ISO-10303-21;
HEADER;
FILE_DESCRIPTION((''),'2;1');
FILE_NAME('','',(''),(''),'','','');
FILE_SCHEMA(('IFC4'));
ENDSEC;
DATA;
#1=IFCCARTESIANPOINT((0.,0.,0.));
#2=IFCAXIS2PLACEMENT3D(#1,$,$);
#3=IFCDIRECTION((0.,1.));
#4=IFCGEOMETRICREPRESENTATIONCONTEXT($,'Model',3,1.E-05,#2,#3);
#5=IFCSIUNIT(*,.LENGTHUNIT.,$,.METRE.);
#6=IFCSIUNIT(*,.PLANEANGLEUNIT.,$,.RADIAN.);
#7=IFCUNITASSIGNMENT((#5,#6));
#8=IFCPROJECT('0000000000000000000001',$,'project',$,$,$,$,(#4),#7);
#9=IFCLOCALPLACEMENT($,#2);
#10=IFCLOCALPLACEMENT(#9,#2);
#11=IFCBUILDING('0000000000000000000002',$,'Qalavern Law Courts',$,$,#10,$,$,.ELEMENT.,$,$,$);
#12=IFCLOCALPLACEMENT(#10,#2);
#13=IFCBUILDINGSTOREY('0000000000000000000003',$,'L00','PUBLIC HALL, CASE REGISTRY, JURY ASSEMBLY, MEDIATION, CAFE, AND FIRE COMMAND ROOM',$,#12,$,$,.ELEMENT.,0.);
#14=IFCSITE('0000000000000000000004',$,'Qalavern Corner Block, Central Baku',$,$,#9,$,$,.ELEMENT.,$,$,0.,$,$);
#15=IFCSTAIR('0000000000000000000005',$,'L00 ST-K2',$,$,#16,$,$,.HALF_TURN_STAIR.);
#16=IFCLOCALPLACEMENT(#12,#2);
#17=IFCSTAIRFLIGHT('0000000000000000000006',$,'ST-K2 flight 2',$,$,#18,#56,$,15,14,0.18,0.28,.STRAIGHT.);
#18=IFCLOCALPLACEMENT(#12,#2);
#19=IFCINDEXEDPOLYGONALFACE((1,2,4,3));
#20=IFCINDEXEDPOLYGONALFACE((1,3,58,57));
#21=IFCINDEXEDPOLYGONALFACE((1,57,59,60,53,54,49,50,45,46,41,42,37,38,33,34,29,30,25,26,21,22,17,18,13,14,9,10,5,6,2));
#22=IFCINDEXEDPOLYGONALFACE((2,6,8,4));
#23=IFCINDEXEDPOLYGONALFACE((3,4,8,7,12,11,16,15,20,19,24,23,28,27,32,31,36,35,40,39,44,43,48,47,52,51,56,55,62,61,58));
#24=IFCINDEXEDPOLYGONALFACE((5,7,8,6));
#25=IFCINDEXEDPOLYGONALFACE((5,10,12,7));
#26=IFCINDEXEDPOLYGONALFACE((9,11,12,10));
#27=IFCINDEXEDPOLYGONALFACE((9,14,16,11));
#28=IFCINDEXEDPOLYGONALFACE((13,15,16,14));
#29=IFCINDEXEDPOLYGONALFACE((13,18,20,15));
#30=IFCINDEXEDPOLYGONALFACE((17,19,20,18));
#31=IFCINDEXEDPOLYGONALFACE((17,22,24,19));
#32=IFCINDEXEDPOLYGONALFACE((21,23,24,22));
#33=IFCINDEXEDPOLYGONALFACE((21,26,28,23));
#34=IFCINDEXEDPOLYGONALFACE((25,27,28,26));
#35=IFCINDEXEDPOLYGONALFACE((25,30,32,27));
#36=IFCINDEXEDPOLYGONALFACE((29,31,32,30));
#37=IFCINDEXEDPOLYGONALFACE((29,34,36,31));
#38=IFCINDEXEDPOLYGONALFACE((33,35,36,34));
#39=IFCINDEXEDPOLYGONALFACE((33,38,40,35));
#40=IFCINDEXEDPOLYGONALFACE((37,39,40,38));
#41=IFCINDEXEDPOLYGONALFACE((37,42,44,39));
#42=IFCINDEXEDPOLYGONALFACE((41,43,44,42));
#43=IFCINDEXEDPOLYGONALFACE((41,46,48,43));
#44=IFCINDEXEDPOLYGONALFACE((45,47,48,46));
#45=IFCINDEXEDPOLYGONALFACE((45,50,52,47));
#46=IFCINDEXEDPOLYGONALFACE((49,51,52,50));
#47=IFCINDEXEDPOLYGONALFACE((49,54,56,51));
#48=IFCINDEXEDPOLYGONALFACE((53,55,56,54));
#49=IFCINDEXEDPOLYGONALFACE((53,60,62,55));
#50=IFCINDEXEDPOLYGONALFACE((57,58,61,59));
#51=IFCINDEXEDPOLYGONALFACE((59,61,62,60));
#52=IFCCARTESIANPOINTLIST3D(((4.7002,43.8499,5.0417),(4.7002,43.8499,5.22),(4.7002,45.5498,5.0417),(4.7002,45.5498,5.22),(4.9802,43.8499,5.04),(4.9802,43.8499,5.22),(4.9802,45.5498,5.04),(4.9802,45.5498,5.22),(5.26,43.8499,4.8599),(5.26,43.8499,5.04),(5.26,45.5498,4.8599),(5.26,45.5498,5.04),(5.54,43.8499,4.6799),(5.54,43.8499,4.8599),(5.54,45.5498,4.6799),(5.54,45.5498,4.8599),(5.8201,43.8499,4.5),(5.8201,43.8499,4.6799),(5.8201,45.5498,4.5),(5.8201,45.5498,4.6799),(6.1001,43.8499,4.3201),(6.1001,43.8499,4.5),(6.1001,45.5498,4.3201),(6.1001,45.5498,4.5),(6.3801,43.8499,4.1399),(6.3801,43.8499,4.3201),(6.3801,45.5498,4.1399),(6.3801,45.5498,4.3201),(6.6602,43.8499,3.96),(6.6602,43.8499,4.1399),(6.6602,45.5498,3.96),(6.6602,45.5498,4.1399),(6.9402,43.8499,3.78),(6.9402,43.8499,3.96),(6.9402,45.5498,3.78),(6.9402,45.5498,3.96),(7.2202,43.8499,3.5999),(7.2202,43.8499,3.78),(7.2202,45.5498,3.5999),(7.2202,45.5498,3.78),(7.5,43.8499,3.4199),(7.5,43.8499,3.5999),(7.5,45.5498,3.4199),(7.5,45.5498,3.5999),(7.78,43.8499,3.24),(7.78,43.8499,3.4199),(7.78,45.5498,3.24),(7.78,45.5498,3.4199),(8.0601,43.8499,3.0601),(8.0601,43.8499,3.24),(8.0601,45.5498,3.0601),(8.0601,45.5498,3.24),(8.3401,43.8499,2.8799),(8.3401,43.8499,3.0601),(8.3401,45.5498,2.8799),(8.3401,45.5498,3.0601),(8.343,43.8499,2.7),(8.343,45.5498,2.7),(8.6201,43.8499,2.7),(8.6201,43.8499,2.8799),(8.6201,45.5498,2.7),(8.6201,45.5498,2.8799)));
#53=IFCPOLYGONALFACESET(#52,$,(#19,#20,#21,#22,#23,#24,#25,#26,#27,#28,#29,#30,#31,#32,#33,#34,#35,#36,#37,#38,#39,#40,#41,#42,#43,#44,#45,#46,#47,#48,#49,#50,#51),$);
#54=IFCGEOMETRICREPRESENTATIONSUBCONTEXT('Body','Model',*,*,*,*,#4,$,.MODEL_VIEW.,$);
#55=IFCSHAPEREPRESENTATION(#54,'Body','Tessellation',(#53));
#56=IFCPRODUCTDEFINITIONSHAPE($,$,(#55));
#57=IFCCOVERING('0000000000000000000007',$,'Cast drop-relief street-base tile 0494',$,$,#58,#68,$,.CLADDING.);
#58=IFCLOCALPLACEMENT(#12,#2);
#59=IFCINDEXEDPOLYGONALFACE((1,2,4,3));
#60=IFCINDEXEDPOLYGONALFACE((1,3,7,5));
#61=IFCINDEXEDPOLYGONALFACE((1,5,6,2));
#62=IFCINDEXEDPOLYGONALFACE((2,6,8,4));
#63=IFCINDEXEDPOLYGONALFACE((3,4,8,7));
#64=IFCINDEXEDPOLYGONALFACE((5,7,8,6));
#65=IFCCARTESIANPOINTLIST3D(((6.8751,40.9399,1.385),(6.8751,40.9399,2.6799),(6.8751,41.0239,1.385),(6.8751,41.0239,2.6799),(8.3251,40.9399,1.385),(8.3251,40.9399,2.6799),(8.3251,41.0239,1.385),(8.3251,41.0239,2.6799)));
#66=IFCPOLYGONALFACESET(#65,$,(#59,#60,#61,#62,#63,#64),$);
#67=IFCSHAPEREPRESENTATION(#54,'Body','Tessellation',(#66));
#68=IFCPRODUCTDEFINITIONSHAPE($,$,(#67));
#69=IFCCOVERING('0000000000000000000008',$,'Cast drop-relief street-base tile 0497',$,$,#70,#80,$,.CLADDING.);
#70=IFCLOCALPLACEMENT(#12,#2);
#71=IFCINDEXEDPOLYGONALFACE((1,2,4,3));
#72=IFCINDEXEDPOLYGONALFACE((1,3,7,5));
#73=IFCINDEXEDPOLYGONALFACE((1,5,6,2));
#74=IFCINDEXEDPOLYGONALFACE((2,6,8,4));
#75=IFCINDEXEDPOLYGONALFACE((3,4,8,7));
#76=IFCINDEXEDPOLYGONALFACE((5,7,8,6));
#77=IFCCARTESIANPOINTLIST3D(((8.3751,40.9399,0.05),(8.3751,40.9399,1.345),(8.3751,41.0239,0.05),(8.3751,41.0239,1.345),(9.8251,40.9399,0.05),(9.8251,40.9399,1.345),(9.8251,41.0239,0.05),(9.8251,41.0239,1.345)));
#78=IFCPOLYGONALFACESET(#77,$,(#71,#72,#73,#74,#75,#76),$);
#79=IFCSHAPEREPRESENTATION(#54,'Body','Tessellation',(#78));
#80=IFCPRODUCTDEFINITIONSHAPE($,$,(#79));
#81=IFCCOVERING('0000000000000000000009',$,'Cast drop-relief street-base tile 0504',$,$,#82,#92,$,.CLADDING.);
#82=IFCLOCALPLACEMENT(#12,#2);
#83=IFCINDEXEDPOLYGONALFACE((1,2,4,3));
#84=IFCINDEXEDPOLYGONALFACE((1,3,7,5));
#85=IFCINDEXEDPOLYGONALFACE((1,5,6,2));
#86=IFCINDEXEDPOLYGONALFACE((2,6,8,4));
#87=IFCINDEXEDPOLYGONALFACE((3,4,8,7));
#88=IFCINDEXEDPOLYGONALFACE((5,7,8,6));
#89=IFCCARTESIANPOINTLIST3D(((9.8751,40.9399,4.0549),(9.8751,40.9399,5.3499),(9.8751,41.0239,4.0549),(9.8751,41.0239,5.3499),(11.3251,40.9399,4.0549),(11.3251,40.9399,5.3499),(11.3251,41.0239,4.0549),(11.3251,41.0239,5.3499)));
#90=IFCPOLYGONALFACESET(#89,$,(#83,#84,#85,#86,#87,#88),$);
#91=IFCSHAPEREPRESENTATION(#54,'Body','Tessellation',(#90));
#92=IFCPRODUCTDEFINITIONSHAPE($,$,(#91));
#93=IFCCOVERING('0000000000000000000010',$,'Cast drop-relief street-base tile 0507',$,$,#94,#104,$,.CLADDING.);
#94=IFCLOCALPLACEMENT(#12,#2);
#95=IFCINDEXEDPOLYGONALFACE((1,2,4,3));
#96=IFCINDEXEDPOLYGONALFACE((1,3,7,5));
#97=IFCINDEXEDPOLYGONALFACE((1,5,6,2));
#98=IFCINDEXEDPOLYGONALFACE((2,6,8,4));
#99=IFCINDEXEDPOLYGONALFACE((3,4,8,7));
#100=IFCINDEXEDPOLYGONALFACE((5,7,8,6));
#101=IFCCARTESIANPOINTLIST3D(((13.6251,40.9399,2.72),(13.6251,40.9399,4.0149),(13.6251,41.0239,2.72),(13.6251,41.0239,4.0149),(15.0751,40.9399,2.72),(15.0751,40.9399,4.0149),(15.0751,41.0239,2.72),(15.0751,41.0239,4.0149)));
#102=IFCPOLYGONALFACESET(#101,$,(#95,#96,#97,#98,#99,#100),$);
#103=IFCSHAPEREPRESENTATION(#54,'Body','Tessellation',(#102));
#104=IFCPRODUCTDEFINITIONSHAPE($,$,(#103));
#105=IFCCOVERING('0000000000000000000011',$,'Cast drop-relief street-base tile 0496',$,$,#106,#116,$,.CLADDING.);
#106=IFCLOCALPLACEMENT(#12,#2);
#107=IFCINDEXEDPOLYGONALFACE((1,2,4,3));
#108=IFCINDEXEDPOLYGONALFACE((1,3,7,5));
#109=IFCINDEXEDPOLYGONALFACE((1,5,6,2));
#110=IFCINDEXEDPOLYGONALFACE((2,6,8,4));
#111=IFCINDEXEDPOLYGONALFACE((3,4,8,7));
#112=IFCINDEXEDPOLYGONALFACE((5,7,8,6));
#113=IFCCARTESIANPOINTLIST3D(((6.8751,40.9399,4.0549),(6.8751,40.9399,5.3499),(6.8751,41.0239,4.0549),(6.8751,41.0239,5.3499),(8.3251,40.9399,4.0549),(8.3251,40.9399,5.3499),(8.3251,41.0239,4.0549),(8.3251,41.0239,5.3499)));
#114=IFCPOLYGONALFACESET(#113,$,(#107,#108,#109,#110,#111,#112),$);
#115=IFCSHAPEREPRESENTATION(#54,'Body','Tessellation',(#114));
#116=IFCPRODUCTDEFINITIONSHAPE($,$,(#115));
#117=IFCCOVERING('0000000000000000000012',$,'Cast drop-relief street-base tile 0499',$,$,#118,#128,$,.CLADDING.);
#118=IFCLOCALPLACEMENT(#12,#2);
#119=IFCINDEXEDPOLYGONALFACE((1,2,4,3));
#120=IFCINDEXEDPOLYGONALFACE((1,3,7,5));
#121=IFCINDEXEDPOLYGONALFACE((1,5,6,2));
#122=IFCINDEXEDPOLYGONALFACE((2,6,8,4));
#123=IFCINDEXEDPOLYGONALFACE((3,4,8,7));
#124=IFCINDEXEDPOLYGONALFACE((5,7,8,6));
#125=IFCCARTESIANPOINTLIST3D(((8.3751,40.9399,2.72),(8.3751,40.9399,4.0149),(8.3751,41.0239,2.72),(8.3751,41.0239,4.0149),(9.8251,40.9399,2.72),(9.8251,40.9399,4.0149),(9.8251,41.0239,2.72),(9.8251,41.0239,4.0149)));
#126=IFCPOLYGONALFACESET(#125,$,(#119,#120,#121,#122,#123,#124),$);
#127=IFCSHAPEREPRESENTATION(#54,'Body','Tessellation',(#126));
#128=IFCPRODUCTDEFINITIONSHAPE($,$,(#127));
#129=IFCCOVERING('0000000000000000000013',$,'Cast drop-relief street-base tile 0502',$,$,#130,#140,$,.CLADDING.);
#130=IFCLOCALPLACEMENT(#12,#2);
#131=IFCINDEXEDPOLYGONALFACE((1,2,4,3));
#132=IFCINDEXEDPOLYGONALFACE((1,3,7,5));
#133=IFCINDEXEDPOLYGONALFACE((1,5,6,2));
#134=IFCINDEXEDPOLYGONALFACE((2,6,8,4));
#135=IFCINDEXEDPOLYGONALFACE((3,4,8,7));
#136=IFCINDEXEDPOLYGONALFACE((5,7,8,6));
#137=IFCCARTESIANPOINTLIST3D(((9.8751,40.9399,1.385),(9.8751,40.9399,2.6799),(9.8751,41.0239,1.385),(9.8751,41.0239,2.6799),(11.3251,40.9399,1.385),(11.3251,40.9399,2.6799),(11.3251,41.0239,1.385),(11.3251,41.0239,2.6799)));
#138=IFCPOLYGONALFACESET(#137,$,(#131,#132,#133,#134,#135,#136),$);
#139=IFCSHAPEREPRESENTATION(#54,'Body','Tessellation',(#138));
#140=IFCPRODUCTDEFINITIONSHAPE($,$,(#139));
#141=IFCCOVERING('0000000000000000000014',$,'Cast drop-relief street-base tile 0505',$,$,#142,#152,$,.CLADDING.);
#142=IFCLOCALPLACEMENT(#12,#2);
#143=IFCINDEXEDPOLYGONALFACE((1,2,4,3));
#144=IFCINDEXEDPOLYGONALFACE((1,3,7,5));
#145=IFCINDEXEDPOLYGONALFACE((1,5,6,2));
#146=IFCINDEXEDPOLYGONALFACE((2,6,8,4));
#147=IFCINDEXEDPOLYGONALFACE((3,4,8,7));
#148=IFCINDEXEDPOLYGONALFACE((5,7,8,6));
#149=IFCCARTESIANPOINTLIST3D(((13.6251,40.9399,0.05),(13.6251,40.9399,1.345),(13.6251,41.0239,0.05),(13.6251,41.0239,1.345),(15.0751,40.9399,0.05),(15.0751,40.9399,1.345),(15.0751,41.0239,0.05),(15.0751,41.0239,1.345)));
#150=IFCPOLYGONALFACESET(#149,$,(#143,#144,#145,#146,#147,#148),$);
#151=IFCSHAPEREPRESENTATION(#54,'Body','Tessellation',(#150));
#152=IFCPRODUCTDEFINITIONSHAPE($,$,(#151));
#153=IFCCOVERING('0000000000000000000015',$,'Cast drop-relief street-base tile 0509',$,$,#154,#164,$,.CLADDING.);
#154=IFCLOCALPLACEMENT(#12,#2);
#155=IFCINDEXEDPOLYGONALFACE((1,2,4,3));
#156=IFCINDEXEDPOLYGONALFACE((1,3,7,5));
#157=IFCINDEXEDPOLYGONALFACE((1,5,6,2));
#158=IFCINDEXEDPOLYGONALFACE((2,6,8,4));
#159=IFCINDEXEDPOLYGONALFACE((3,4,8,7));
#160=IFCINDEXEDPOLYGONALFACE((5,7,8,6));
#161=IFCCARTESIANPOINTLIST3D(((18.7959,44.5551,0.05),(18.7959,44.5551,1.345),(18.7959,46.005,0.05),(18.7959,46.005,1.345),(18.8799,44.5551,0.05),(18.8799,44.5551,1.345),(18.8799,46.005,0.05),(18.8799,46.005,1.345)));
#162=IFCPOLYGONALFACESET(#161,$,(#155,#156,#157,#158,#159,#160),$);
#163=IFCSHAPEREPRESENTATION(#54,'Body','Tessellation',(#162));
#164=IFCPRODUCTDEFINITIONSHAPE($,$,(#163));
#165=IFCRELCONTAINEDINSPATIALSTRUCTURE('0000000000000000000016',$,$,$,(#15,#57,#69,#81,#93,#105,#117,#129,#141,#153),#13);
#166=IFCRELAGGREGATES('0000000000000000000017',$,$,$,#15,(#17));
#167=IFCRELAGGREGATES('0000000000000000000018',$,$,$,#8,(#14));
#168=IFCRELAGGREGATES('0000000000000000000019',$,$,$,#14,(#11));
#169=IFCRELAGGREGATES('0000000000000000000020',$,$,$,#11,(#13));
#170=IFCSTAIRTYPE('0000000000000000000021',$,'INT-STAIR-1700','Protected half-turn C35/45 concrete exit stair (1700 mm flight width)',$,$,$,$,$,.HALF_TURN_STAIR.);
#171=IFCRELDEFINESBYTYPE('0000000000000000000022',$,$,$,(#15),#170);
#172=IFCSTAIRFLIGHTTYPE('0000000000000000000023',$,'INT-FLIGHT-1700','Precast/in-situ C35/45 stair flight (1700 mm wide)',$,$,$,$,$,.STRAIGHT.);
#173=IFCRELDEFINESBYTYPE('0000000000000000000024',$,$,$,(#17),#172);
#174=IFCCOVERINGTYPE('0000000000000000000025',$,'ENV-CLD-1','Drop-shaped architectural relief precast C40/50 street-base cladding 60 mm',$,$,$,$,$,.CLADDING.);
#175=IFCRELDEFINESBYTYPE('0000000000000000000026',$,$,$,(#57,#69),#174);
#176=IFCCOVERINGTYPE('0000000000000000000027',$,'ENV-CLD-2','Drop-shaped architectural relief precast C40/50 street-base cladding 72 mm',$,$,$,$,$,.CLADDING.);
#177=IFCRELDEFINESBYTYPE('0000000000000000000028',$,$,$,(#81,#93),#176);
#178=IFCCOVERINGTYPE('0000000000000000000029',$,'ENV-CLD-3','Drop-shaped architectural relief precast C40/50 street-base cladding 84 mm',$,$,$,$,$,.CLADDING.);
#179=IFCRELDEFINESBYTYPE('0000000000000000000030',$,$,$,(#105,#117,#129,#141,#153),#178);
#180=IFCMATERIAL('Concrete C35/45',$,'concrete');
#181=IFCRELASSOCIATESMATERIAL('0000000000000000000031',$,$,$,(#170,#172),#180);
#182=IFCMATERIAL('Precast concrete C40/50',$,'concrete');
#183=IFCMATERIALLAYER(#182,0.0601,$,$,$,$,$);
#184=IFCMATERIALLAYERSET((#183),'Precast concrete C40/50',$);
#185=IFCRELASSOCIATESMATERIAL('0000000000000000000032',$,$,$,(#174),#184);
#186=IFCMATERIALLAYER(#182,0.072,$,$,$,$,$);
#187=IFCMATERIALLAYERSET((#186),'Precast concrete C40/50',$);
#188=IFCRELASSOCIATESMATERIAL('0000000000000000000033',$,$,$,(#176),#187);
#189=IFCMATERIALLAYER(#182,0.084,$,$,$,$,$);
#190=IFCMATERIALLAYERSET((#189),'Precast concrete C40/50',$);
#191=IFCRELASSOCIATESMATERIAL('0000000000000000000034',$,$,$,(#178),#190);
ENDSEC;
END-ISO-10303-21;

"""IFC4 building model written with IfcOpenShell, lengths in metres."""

from ifc_helpers import new_model, si_unit, direction, frame, origin, origin_2d, place, context, subcontext, project, spatial, polyline, rectangle, outline, extrude, material, layer, layer_set, type_object, element, aggregate, save


model = new_model("IFC4")

# Units and contexts
model_context = context("Model", 3, precision=1e-05, world=origin(), true_north=direction((0.0, 1.0)))
body_context = subcontext(model_context, "Body", "Model", "MODEL_VIEW")
ifc_project = project(units=[si_unit("LENGTHUNIT", "METRE"), si_unit("PLANEANGLEUNIT", "RADIAN")], contexts=[model_context])

# Site, building, storey
site_placement = place(None, origin())
site = spatial("IfcSite", under=ifc_project, at=site_placement, Name="Qalavern Corner Block, Central Baku", CompositionType="ELEMENT", RefElevation=0.0)
building_placement = place(site_placement, origin())
building = spatial("IfcBuilding", under=site, at=building_placement, Name="Qalavern Law Courts", CompositionType="ELEMENT")
storey_placement = place(building_placement, origin())
storey = spatial("IfcBuildingStorey", under=building, at=storey_placement, Name="L00", Description="PUBLIC HALL, CASE REGISTRY, JURY ASSEMBLY, MEDIATION, CAFE, AND FIRE COMMAND ROOM", CompositionType="ELEMENT", Elevation=0.0)

# Shared definitions
ifc_material_1 = material(Name="Concrete C35/45", Category="concrete")

# Stair, stair flight
stair_type = type_object("IfcStairType", Name="INT-STAIR-1700", Description="Protected half-turn C35/45 concrete exit stair (1700 mm flight width)", PredefinedType="HALF_TURN_STAIR", material=ifc_material_1)
stair_placement = place(storey_placement, origin())
stair = element("IfcStair", 1, at=stair_placement, inside=storey, type_object=stair_type, Name="L00 ST-K2", PredefinedType="HALF_TURN_STAIR")
stair_flight_type = type_object("IfcStairFlightType", Name="INT-FLIGHT-1700", Description="Precast/in-situ C35/45 stair flight (1700 mm wide)", PredefinedType="STRAIGHT", material=ifc_material_1)
stair_flight_placement = place(storey_placement, frame((8.6201, 44.7, 2.7), z_axis=(0.0, 0.0, 1.0), x_axis=(-1.0, 0.0, 0.0)))
stair_flight = element("IfcStairFlight", 2, at=stair_flight_placement, type_object=stair_flight_type, Name="ST-K2 flight 2", NumberOfRisers=15, NumberOfTreads=14, PredefinedType="STRAIGHT", RiserHeight=0.18, TreadLength=0.28, context=body_context, shape_type="SweptSolid", body=[
    extrude(outline(polyline([(0.0, 0.0), (0.0, 0.1799), (0.28, 0.1799), (0.28, 0.3601), (0.5601, 0.3601), (0.5601, 0.54), (0.8401, 0.54), (0.8401, 0.72), (1.1201, 0.72), (1.1201, 0.8999), (1.3999, 0.8999), (1.3999, 1.0801), (1.6799, 1.0801), (1.6799, 1.26), (1.96, 1.26), (1.96, 1.4399), (2.24, 1.4399), (2.24, 1.6201), (2.52, 1.6201), (2.52, 1.8), (2.8, 1.8), (2.8, 1.98), (3.0801, 1.98), (3.0801, 2.1599), (3.3601, 2.1599), (3.3601, 2.3401), (3.6399, 2.3401), (3.6399, 2.52), (3.9199, 2.52), (3.9199, 2.7), (3.9199, 2.3418), (0.2771, 0.0), (0.0, 0.0)])), frame((0.0, 0.8501, 0.0), z_axis=(0.0, -1.0, 0.0), x_axis=(1.0, 0.0, 0.0)), (0.0, 0.0, 1.0), 1.7),
])
aggregate(stair, [stair_flight])

# Coverings
ifc_material_2 = material(Name="Precast concrete C40/50", Category="concrete")
ifc_layer_1 = layer(ifc_material_2, 0.0601)
ifc_layer_set_1 = layer_set([ifc_layer_1], Name="Precast concrete C40/50")
covering_type_1 = type_object("IfcCoveringType", Name="ENV-CLD-1", Description="Drop-shaped architectural relief precast C40/50 street-base cladding 60 mm", PredefinedType="CLADDING", material=ifc_layer_set_1)
for number, where, z_axis, x_axis, name in (
    (3, (7.6001, 40.9819, 1.385), (0.0, 0.0, 1.0), (1.0, 0.0, 0.0), "Cast drop-relief street-base tile 0494"),
    (4, (9.1001, 40.9819, 0.05), (0.0, 0.0, 1.0), (1.0, 0.0, 0.0), "Cast drop-relief street-base tile 0497"),
):
    element("IfcCovering", number, at=place(storey_placement, frame(where, z_axis=z_axis, x_axis=x_axis)), inside=storey, type_object=covering_type_1, Name=name, PredefinedType="CLADDING", context=body_context, shape_type="SweptSolid", body=[
        extrude(rectangle(XDim=1.45, YDim=0.084, at=origin_2d()), origin(), (0.0, 0.0, 1.0), 1.2949),
    ])
ifc_layer_2 = layer(ifc_material_2, 0.072)
ifc_layer_set_2 = layer_set([ifc_layer_2], Name="Precast concrete C40/50")
covering_type_2 = type_object("IfcCoveringType", Name="ENV-CLD-2", Description="Drop-shaped architectural relief precast C40/50 street-base cladding 72 mm", PredefinedType="CLADDING", material=ifc_layer_set_2)
for number, where, z_axis, x_axis, name in (
    (5, (10.6001, 40.9819, 4.0549), (0.0, 0.0, 1.0), (1.0, 0.0, 0.0), "Cast drop-relief street-base tile 0504"),
    (6, (14.3501, 40.9819, 2.72), (0.0, 0.0, 1.0), (1.0, 0.0, 0.0), "Cast drop-relief street-base tile 0507"),
):
    element("IfcCovering", number, at=place(storey_placement, frame(where, z_axis=z_axis, x_axis=x_axis)), inside=storey, type_object=covering_type_2, Name=name, PredefinedType="CLADDING", context=body_context, shape_type="SweptSolid", body=[
        extrude(rectangle(XDim=1.45, YDim=0.084, at=origin_2d()), origin(), (0.0, 0.0, 1.0), 1.2949),
    ])
ifc_layer_3 = layer(ifc_material_2, 0.084)
ifc_layer_set_3 = layer_set([ifc_layer_3], Name="Precast concrete C40/50")
covering_type_3 = type_object("IfcCoveringType", Name="ENV-CLD-3", Description="Drop-shaped architectural relief precast C40/50 street-base cladding 84 mm", PredefinedType="CLADDING", material=ifc_layer_set_3)
for number, where, z_axis, x_axis, name in (
    (7, (7.6001, 40.9819, 4.0549), (0.0, 0.0, 1.0), (1.0, 0.0, 0.0), "Cast drop-relief street-base tile 0496"),
    (8, (9.1001, 40.9819, 2.72), (0.0, 0.0, 1.0), (1.0, 0.0, 0.0), "Cast drop-relief street-base tile 0499"),
    (9, (10.6001, 40.9819, 1.385), (0.0, 0.0, 1.0), (1.0, 0.0, 0.0), "Cast drop-relief street-base tile 0502"),
    (10, (14.3501, 40.9819, 0.05), (0.0, 0.0, 1.0), (1.0, 0.0, 0.0), "Cast drop-relief street-base tile 0505"),
    (11, (18.8379, 45.28, 0.05), (0.0, 0.0, 1.0), (0.0, 1.0, 0.0), "Cast drop-relief street-base tile 0509"),
):
    element("IfcCovering", number, at=place(storey_placement, frame(where, z_axis=z_axis, x_axis=x_axis)), inside=storey, type_object=covering_type_3, Name=name, PredefinedType="CLADDING", context=body_context, shape_type="SweptSolid", body=[
        extrude(rectangle(XDim=1.45, YDim=0.084, at=origin_2d()), origin(), (0.0, 0.0, 1.0), 1.2949),
    ])

save(model, "model.ifc")
